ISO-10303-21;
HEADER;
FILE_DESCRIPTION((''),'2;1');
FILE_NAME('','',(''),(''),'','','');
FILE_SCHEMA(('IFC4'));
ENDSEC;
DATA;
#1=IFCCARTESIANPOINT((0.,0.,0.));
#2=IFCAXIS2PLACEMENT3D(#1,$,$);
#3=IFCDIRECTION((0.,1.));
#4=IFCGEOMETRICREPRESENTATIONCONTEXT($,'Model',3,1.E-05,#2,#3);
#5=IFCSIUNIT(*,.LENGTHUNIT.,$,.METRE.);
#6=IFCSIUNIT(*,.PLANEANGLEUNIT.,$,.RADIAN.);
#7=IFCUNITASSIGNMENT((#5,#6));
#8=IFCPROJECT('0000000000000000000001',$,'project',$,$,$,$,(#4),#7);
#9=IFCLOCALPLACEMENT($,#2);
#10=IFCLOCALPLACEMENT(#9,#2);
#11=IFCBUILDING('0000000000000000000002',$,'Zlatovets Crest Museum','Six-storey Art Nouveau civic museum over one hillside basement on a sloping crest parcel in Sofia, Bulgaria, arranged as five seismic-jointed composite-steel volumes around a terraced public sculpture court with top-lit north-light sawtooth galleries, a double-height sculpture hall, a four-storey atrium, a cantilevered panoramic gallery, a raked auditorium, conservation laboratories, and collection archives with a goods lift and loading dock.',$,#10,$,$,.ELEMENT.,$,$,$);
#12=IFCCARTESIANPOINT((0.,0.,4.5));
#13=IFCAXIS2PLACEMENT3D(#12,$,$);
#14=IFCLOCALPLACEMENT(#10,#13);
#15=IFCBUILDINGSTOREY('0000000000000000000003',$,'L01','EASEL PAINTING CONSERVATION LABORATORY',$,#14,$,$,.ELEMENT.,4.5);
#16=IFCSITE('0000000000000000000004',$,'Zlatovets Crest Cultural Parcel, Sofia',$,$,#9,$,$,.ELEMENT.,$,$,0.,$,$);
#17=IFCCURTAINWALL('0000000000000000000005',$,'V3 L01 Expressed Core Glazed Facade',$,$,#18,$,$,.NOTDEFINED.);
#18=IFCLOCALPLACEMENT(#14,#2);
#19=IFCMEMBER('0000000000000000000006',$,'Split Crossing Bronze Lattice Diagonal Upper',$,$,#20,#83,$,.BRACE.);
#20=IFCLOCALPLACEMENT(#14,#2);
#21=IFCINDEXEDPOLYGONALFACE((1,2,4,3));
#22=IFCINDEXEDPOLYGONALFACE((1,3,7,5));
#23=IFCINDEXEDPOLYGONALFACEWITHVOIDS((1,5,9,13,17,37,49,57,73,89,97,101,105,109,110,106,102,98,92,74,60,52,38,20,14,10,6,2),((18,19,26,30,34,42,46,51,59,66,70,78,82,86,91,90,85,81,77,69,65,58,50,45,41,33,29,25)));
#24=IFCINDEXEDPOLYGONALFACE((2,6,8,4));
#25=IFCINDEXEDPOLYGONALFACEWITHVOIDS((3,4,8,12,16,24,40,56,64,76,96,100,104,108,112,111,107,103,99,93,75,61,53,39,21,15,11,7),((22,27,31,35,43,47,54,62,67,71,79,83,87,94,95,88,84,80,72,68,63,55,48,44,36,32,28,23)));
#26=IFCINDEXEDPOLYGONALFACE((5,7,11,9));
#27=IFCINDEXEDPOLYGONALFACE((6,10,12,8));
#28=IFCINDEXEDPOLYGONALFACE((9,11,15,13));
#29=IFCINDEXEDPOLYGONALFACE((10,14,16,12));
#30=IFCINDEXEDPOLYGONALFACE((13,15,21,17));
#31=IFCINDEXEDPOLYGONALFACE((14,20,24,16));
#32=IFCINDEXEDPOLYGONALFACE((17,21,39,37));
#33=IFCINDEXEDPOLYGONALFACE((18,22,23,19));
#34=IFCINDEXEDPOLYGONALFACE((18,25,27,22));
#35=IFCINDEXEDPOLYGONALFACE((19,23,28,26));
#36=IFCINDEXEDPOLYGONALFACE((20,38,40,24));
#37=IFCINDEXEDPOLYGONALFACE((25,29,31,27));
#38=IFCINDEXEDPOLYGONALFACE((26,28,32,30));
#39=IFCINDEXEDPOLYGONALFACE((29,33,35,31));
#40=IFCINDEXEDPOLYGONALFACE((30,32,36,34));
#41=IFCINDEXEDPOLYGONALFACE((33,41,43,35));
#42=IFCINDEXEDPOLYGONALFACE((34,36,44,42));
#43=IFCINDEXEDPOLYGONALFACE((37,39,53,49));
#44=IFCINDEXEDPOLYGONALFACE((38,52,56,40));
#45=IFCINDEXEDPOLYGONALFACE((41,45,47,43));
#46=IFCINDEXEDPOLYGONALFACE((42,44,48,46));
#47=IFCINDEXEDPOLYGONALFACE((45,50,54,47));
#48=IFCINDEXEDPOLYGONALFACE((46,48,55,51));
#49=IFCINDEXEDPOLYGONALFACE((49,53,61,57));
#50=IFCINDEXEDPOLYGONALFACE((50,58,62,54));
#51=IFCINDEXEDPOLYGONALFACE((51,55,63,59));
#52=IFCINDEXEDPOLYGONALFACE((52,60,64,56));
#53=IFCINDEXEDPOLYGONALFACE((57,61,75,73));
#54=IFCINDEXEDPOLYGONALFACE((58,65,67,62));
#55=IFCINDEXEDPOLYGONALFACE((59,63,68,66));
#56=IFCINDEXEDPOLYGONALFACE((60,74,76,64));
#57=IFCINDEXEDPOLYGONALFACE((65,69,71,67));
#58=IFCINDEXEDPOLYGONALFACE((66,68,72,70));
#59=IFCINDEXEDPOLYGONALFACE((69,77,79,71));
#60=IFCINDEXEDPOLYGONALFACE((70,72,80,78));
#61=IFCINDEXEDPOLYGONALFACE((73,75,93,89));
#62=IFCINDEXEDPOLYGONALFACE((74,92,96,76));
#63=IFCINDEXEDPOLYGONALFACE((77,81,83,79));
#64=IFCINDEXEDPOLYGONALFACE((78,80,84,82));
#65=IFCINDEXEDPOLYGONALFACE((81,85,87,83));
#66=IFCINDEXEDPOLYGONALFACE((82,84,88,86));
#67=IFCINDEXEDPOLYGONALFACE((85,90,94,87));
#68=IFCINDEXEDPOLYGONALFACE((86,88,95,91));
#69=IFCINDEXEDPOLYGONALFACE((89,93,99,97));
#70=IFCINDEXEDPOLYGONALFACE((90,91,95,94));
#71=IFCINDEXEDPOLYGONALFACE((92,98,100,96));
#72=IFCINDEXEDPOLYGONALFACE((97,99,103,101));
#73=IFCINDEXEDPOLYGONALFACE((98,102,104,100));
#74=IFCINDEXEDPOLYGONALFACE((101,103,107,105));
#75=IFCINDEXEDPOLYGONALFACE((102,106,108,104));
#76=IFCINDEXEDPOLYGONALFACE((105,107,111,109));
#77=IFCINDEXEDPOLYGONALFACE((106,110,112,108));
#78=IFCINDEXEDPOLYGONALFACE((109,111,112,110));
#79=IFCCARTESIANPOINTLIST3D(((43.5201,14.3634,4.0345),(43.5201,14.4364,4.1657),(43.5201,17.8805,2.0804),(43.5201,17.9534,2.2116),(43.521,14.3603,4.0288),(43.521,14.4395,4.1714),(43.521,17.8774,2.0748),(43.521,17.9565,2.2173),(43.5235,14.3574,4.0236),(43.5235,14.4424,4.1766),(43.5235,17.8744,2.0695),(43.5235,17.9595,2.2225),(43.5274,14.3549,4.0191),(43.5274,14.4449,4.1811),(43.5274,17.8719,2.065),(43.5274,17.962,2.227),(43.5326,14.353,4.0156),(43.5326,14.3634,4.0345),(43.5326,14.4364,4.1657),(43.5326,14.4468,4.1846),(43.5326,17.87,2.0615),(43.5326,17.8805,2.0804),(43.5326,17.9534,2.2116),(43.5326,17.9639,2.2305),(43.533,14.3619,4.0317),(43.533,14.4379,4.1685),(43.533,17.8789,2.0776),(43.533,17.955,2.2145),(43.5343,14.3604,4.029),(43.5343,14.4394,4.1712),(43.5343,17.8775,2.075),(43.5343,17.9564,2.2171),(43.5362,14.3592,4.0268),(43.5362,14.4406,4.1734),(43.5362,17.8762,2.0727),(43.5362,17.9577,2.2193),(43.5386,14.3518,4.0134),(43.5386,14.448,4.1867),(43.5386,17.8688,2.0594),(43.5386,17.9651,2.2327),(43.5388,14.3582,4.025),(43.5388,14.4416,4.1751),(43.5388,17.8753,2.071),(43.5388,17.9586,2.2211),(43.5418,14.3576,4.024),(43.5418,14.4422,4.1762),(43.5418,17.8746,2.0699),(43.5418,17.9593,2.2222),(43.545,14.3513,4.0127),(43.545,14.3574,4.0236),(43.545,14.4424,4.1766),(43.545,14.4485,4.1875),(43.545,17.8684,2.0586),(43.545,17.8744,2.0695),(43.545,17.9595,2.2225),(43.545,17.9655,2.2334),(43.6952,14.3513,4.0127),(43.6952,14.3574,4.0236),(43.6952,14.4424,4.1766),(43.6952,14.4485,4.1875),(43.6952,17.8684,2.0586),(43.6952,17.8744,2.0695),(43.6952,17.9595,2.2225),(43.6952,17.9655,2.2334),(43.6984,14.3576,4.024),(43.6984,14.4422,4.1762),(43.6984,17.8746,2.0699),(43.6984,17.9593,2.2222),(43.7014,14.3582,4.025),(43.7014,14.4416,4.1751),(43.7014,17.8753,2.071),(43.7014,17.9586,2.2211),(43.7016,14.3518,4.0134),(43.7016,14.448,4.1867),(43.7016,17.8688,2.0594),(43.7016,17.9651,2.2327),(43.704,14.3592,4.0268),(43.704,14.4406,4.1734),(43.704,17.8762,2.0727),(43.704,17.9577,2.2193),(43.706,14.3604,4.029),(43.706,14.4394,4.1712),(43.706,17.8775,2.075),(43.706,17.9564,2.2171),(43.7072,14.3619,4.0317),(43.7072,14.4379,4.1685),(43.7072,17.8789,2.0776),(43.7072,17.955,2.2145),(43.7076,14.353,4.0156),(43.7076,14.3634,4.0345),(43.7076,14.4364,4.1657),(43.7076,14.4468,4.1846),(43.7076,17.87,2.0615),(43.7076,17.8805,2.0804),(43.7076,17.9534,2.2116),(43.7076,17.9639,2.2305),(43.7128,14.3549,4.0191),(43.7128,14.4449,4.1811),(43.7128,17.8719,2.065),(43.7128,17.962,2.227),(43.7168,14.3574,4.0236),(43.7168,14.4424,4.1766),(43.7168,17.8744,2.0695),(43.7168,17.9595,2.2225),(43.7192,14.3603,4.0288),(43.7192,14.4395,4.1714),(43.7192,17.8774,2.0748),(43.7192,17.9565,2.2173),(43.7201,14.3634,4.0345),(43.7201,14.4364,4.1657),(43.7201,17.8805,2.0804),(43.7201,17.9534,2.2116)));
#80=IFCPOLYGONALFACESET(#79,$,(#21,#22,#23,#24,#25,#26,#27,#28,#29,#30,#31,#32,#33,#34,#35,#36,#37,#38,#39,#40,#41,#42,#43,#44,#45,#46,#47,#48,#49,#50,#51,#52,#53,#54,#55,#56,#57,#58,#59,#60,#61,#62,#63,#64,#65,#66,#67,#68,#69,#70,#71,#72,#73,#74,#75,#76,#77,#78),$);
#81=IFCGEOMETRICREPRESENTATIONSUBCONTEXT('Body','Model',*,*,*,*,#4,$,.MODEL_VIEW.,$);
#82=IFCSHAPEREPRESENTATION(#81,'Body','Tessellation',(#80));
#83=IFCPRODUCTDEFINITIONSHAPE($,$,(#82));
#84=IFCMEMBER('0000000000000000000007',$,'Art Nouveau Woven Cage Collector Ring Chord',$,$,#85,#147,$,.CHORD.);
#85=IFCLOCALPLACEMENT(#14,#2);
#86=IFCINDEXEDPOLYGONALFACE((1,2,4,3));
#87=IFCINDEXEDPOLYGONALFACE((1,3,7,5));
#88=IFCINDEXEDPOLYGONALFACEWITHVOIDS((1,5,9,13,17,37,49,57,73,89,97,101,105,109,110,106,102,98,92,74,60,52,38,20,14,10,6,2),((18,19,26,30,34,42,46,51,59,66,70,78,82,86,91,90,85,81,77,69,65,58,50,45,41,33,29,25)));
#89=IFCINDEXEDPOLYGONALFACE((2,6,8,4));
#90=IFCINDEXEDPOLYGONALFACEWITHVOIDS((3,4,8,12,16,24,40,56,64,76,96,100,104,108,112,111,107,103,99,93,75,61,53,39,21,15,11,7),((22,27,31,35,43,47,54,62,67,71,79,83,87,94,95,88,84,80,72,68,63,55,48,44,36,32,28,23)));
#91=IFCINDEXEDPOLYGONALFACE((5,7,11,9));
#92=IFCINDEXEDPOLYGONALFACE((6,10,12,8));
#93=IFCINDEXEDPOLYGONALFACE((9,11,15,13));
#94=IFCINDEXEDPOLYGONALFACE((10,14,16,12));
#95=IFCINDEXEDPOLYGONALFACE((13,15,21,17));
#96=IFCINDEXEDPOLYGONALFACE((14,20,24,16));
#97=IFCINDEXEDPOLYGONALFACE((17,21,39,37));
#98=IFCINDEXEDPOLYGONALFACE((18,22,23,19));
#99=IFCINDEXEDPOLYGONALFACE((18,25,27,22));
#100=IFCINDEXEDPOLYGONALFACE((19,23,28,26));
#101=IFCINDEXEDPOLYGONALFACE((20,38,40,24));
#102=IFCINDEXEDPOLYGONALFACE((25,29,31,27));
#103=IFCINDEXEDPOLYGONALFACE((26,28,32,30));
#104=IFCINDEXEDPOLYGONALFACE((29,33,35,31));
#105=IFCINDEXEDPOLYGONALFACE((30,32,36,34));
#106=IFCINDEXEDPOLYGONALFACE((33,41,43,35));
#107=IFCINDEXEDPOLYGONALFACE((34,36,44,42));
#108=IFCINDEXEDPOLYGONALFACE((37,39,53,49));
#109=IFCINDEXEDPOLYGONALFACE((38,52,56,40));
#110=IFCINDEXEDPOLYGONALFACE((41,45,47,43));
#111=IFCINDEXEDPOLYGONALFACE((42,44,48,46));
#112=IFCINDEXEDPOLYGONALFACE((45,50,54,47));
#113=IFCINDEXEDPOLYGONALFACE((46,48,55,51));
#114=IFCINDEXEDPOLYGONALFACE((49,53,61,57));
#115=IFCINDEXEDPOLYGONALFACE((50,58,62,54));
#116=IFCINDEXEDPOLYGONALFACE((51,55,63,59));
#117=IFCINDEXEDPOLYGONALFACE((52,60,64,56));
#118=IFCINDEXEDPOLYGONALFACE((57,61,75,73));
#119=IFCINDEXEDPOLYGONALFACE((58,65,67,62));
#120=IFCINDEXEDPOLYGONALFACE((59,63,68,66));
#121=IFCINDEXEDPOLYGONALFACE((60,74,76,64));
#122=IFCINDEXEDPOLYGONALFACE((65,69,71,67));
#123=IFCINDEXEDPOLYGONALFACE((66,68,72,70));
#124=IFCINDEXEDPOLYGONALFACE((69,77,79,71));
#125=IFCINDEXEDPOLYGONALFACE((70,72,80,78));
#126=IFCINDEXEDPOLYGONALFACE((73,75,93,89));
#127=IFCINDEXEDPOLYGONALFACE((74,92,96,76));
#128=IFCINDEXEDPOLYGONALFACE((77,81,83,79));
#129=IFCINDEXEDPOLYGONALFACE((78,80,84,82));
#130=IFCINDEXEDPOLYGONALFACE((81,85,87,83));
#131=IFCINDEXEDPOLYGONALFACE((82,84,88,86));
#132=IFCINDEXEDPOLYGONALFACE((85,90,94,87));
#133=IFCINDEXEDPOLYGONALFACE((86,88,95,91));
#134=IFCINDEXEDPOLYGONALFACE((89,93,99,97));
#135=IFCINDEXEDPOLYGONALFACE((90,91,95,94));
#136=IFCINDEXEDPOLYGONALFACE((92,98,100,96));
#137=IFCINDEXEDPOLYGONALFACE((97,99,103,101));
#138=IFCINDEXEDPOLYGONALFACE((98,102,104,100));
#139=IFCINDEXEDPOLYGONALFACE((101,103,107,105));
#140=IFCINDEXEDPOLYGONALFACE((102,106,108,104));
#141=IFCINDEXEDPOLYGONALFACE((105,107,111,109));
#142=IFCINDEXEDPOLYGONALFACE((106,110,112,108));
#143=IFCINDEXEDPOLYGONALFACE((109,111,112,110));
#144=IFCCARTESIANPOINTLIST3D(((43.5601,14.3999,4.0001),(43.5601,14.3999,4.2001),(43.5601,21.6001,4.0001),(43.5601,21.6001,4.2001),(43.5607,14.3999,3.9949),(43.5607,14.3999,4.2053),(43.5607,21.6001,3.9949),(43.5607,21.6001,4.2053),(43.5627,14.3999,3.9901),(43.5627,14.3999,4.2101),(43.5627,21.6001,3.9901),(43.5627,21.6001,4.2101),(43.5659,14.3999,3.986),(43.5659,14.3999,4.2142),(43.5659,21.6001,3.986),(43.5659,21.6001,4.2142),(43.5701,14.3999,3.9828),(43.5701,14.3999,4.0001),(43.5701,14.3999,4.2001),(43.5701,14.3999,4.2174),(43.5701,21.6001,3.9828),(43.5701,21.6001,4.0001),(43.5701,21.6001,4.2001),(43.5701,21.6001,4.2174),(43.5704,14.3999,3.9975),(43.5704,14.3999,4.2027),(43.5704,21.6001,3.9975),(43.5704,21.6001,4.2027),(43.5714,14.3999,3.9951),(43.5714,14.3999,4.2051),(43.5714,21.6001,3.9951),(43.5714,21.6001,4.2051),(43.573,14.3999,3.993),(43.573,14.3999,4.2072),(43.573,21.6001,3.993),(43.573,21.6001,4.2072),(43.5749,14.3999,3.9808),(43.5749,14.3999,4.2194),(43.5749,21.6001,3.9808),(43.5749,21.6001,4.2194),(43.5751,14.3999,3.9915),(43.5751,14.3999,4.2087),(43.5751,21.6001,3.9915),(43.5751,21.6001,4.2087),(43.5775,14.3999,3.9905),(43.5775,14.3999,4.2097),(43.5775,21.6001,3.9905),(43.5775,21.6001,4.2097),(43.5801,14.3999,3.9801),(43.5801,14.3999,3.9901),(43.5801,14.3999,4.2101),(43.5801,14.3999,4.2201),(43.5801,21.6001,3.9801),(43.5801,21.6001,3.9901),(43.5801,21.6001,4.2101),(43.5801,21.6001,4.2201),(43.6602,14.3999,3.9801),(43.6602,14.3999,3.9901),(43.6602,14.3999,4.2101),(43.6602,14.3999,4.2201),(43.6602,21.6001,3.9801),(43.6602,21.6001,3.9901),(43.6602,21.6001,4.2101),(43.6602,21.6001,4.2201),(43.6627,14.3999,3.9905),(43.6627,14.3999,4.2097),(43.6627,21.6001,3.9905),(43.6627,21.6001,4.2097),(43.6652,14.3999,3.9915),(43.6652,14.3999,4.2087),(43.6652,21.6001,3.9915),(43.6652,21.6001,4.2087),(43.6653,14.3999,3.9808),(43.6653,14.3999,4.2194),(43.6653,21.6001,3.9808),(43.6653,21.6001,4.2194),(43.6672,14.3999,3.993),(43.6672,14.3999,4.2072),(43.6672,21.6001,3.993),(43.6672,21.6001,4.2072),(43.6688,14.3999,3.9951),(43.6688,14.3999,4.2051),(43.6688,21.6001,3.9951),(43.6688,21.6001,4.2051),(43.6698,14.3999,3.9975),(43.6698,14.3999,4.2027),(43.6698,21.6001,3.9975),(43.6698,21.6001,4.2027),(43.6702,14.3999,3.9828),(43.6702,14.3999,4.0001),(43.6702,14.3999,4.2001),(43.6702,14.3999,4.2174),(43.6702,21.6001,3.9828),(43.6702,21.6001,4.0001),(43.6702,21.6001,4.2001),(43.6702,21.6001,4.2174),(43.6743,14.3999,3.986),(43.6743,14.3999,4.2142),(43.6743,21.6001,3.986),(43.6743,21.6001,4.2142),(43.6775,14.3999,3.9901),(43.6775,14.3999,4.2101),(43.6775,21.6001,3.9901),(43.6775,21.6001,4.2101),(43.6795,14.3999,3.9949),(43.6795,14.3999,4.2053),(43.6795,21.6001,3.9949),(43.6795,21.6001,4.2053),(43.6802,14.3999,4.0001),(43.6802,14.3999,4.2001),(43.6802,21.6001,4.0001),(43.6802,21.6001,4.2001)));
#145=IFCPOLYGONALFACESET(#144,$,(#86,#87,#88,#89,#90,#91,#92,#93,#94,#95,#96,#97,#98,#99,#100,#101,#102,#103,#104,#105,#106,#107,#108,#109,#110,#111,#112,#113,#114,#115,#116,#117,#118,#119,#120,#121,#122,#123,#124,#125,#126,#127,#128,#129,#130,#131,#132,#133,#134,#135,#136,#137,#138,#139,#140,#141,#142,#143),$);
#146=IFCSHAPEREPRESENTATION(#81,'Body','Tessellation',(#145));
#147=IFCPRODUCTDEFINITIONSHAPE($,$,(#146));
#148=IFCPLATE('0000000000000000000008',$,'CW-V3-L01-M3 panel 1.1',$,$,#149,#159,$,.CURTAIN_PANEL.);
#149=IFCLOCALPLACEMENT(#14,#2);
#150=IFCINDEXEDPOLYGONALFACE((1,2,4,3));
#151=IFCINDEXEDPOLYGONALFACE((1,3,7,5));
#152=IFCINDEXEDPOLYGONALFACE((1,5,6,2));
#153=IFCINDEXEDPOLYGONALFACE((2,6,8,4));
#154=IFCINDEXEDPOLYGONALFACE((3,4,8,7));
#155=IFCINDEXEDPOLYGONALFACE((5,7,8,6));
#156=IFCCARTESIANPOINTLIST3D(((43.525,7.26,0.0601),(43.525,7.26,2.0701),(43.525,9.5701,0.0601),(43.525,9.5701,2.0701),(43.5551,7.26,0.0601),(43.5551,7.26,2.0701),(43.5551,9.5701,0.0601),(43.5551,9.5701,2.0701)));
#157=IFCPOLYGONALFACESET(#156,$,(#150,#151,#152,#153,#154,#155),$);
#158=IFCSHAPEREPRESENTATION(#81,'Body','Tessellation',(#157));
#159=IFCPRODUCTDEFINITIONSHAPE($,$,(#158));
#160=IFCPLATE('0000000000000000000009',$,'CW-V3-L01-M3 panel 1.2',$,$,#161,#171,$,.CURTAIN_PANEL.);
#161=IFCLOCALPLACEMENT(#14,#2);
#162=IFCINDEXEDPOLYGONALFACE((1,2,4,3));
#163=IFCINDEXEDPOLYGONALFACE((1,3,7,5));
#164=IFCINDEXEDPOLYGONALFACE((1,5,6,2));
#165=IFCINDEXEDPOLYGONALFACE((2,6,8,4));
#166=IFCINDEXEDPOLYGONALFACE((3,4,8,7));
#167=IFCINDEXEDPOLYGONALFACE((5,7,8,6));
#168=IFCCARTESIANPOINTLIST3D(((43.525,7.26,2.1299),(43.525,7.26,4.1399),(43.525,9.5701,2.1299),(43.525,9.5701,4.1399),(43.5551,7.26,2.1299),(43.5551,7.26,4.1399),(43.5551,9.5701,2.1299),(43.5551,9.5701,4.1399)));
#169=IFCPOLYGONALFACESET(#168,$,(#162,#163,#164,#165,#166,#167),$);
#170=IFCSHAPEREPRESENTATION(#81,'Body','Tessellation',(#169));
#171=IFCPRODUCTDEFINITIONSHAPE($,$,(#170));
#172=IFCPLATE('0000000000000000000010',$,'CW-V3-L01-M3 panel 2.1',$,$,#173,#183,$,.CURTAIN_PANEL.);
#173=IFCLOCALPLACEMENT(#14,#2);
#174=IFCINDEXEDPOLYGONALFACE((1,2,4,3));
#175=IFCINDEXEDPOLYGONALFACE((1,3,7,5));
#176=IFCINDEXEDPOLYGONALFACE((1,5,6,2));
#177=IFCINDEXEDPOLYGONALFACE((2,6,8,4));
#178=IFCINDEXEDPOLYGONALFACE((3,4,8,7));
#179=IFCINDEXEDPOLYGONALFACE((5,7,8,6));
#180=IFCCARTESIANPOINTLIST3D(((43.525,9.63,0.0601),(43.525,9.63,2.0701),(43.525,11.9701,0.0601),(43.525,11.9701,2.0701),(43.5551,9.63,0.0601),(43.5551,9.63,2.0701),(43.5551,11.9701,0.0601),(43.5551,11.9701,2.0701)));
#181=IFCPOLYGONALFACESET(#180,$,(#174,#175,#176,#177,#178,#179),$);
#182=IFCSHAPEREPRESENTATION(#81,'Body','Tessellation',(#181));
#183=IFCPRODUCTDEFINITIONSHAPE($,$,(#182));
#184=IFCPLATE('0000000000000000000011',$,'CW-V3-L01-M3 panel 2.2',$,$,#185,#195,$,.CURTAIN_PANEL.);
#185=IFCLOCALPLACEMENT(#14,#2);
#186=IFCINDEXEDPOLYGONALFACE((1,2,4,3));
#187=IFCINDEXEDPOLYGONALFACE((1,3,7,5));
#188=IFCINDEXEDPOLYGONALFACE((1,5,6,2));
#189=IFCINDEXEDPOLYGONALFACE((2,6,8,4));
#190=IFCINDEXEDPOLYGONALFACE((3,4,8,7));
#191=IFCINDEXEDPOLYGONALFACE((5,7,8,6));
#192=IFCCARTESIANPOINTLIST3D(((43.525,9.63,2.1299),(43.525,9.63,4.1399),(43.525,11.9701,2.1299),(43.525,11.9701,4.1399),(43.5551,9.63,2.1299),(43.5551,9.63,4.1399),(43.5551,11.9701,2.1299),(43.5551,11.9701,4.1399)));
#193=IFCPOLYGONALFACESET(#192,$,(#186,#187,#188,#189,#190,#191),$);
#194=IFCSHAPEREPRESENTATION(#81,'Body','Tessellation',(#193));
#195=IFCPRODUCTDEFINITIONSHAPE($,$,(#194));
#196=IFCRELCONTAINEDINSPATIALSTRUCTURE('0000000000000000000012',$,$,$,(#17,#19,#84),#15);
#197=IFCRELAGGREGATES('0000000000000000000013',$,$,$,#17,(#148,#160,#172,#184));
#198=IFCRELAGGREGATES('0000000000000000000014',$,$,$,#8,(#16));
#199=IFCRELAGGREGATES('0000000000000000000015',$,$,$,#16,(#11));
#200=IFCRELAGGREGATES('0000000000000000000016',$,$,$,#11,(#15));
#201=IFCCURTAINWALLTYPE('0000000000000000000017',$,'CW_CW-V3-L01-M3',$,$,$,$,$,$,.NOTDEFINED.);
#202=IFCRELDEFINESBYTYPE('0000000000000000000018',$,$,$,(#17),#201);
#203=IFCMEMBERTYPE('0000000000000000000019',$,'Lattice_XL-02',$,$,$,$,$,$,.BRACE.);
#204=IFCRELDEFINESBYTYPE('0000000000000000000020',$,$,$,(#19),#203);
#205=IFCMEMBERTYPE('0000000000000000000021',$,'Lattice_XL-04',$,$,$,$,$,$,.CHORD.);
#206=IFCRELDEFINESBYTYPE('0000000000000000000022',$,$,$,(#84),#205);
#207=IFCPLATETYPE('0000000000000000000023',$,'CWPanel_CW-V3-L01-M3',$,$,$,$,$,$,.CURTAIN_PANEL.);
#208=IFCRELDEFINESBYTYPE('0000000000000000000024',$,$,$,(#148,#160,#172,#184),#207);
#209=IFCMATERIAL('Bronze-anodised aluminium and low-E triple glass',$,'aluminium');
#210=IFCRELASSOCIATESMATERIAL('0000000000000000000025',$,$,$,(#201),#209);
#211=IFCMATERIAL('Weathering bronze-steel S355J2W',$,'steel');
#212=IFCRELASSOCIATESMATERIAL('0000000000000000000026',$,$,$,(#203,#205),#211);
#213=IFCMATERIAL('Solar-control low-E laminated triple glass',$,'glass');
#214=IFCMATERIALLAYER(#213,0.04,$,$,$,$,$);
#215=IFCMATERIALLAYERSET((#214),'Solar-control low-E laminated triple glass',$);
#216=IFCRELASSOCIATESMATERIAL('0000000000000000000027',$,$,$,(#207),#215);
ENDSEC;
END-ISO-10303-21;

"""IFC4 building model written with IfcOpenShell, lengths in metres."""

from ifc_helpers import new_model, si_unit, direction, frame, origin, origin_2d, place, context, subcontext, project, spatial, rectangle, hollow_rectangle, extrude, material, layer, layer_set, material_profile, profile_set, type_object, element, aggregate, save


model = new_model("IFC4")

# Units and contexts
model_context = context("Model", 3, precision=1e-05, world=origin(), true_north=direction((0.0, 1.0)))
body_context = subcontext(model_context, "Body", "Model", "MODEL_VIEW")
ifc_project = project(units=[si_unit("LENGTHUNIT", "METRE"), si_unit("PLANEANGLEUNIT", "RADIAN")], contexts=[model_context])

# Site, building, storey
site_placement = place(None, origin())
site = spatial("IfcSite", under=ifc_project, at=site_placement, Name="Zlatovets Crest Cultural Parcel, Sofia", CompositionType="ELEMENT", RefElevation=0.0)
building_placement = place(site_placement, origin())
building = spatial("IfcBuilding", under=site, at=building_placement, Name="Zlatovets Crest Museum", Description="Six-storey Art Nouveau civic museum over one hillside basement on a sloping crest parcel in Sofia, Bulgaria, arranged as five seismic-jointed composite-steel volumes around a terraced public sculpture court with top-lit north-light sawtooth galleries, a double-height sculpture hall, a four-storey atrium, a cantilevered panoramic gallery, a raked auditorium, conservation laboratories, and collection archives with a goods lift and loading dock.", CompositionType="ELEMENT")
storey_placement = place(building_placement, frame((0.0, 0.0, 4.5)))
storey = spatial("IfcBuildingStorey", under=building, at=storey_placement, Name="L01", Description="EASEL PAINTING CONSERVATION LABORATORY", CompositionType="ELEMENT", Elevation=4.5)

# Curtain wall
ifc_material_1 = material(Name="Bronze-anodised aluminium and low-E triple glass", Category="aluminium")
curtain_wall_type = type_object("IfcCurtainWallType", Name="CW_CW-V3-L01-M3", PredefinedType="NOTDEFINED", material=ifc_material_1)
curtain_wall_placement = place(storey_placement, origin())
curtain_wall = element("IfcCurtainWall", 1, at=curtain_wall_placement, inside=storey, type_object=curtain_wall_type, Name="V3 L01 Expressed Core Glazed Facade", PredefinedType="NOTDEFINED")

# Members
ifc_material_2 = material(Name="Weathering bronze-steel S355J2W", Category="steel")
ifc_material_profile_1 = material_profile(ifc_material_2, hollow_rectangle(XDim=0.2, YDim=0.2, WallThickness=0.0125, InnerFilletRadius=0.0125, OuterFilletRadius=0.0249, at=origin_2d()), Name="SHS 200x200x12.5")
ifc_profile_set_1 = profile_set([ifc_material_profile_1], Name="Weathering bronze-steel S355J2W")
member_type_1 = type_object("IfcMemberType", Name="Lattice_XL-02", PredefinedType="BRACE", material=ifc_profile_set_1)
member_1_placement = place(storey_placement, frame((43.6201, 14.3999, 4.1001), z_axis=(0.0, 0.87414, -0.485674), x_axis=(-1.0, 0.0, 0.0)))
element("IfcMember", 2, at=member_1_placement, inside=storey, type_object=member_type_1, Name="Split Crossing Bronze Lattice Diagonal Upper", PredefinedType="BRACE", context=body_context, shape_type="SweptSolid", body=[
    extrude(hollow_rectangle(XDim=0.2, YDim=0.2, WallThickness=0.0125, InnerFilletRadius=0.0125, OuterFilletRadius=0.0249, at=origin_2d()), origin(), (0.0, 0.0, 1.0), 4.0234),
])
ifc_material_profile_2 = material_profile(ifc_material_2, hollow_rectangle(XDim=0.1201, YDim=0.24, WallThickness=0.01, InnerFilletRadius=0.01, OuterFilletRadius=0.02, at=origin_2d()), Name="RHS 120x240x10.0")
ifc_profile_set_2 = profile_set([ifc_material_profile_2], Name="Weathering bronze-steel S355J2W")
member_type_2 = type_object("IfcMemberType", Name="Lattice_XL-04", PredefinedType="CHORD", material=ifc_profile_set_2)
member_2_placement = place(storey_placement, frame((43.6201, 14.3999, 4.1001), z_axis=(0.0, 1.0, 0.0), x_axis=(-1.0, 0.0, 0.0)))
element("IfcMember", 3, at=member_2_placement, inside=storey, type_object=member_type_2, Name="Art Nouveau Woven Cage Collector Ring Chord", PredefinedType="CHORD", context=body_context, shape_type="SweptSolid", body=[
    extrude(hollow_rectangle(XDim=0.1201, YDim=0.24, WallThickness=0.01, InnerFilletRadius=0.01, OuterFilletRadius=0.02, at=origin_2d()), origin(), (0.0, 0.0, 1.0), 7.2002),
])

# Plates
ifc_material_3 = material(Name="Solar-control low-E laminated triple glass", Category="glass")
ifc_layer_1 = layer(ifc_material_3, 0.04)
ifc_layer_set_1 = layer_set([ifc_layer_1], Name="Solar-control low-E laminated triple glass")
plate_type_1 = type_object("IfcPlateType", Name="CWPanel_CW-V3-L01-M3", PredefinedType="CURTAIN_PANEL", material=ifc_layer_set_1)
plate_1_placement = place(storey_placement, frame((43.54, 8.415, 0.0601), z_axis=(0.0, 0.0, 1.0), x_axis=(0.0, 1.0, 0.0)))
plate_1 = element("IfcPlate", 4, at=plate_1_placement, type_object=plate_type_1, Name="CW-V3-L01-M3 panel 1.1", PredefinedType="CURTAIN_PANEL", context=body_context, shape_type="SweptSolid", body=[
    extrude(rectangle(XDim=2.3101, YDim=0.03, at=origin_2d()), origin(), (0.0, 0.0, 1.0), 2.01),
])
plate_2_placement = place(storey_placement, frame((43.54, 8.415, 2.1299), z_axis=(0.0, 0.0, 1.0), x_axis=(0.0, 1.0, 0.0)))
plate_2 = element("IfcPlate", 5, at=plate_2_placement, type_object=plate_type_1, Name="CW-V3-L01-M3 panel 1.2", PredefinedType="CURTAIN_PANEL", context=body_context, shape_type="SweptSolid", body=[
    extrude(rectangle(XDim=2.3101, YDim=0.03, at=origin_2d()), origin(), (0.0, 0.0, 1.0), 2.01),
])
plate_3_placement = place(storey_placement, frame((43.54, 10.8, 0.0601), z_axis=(0.0, 0.0, 1.0), x_axis=(0.0, 1.0, 0.0)))
plate_3 = element("IfcPlate", 6, at=plate_3_placement, type_object=plate_type_1, Name="CW-V3-L01-M3 panel 2.1", PredefinedType="CURTAIN_PANEL", context=body_context, shape_type="SweptSolid", body=[
    extrude(rectangle(XDim=2.3401, YDim=0.03, at=origin_2d()), origin(), (0.0, 0.0, 1.0), 2.01),
])
plate_4_placement = place(storey_placement, frame((43.54, 10.8, 2.1299), z_axis=(0.0, 0.0, 1.0), x_axis=(0.0, 1.0, 0.0)))
plate_4 = element("IfcPlate", 7, at=plate_4_placement, type_object=plate_type_1, Name="CW-V3-L01-M3 panel 2.2", PredefinedType="CURTAIN_PANEL", context=body_context, shape_type="SweptSolid", body=[
    extrude(rectangle(XDim=2.3401, YDim=0.03, at=origin_2d()), origin(), (0.0, 0.0, 1.0), 2.01),
])
aggregate(curtain_wall, [plate_1, plate_2, plate_3, plate_4])

save(model, "model.ifc")
